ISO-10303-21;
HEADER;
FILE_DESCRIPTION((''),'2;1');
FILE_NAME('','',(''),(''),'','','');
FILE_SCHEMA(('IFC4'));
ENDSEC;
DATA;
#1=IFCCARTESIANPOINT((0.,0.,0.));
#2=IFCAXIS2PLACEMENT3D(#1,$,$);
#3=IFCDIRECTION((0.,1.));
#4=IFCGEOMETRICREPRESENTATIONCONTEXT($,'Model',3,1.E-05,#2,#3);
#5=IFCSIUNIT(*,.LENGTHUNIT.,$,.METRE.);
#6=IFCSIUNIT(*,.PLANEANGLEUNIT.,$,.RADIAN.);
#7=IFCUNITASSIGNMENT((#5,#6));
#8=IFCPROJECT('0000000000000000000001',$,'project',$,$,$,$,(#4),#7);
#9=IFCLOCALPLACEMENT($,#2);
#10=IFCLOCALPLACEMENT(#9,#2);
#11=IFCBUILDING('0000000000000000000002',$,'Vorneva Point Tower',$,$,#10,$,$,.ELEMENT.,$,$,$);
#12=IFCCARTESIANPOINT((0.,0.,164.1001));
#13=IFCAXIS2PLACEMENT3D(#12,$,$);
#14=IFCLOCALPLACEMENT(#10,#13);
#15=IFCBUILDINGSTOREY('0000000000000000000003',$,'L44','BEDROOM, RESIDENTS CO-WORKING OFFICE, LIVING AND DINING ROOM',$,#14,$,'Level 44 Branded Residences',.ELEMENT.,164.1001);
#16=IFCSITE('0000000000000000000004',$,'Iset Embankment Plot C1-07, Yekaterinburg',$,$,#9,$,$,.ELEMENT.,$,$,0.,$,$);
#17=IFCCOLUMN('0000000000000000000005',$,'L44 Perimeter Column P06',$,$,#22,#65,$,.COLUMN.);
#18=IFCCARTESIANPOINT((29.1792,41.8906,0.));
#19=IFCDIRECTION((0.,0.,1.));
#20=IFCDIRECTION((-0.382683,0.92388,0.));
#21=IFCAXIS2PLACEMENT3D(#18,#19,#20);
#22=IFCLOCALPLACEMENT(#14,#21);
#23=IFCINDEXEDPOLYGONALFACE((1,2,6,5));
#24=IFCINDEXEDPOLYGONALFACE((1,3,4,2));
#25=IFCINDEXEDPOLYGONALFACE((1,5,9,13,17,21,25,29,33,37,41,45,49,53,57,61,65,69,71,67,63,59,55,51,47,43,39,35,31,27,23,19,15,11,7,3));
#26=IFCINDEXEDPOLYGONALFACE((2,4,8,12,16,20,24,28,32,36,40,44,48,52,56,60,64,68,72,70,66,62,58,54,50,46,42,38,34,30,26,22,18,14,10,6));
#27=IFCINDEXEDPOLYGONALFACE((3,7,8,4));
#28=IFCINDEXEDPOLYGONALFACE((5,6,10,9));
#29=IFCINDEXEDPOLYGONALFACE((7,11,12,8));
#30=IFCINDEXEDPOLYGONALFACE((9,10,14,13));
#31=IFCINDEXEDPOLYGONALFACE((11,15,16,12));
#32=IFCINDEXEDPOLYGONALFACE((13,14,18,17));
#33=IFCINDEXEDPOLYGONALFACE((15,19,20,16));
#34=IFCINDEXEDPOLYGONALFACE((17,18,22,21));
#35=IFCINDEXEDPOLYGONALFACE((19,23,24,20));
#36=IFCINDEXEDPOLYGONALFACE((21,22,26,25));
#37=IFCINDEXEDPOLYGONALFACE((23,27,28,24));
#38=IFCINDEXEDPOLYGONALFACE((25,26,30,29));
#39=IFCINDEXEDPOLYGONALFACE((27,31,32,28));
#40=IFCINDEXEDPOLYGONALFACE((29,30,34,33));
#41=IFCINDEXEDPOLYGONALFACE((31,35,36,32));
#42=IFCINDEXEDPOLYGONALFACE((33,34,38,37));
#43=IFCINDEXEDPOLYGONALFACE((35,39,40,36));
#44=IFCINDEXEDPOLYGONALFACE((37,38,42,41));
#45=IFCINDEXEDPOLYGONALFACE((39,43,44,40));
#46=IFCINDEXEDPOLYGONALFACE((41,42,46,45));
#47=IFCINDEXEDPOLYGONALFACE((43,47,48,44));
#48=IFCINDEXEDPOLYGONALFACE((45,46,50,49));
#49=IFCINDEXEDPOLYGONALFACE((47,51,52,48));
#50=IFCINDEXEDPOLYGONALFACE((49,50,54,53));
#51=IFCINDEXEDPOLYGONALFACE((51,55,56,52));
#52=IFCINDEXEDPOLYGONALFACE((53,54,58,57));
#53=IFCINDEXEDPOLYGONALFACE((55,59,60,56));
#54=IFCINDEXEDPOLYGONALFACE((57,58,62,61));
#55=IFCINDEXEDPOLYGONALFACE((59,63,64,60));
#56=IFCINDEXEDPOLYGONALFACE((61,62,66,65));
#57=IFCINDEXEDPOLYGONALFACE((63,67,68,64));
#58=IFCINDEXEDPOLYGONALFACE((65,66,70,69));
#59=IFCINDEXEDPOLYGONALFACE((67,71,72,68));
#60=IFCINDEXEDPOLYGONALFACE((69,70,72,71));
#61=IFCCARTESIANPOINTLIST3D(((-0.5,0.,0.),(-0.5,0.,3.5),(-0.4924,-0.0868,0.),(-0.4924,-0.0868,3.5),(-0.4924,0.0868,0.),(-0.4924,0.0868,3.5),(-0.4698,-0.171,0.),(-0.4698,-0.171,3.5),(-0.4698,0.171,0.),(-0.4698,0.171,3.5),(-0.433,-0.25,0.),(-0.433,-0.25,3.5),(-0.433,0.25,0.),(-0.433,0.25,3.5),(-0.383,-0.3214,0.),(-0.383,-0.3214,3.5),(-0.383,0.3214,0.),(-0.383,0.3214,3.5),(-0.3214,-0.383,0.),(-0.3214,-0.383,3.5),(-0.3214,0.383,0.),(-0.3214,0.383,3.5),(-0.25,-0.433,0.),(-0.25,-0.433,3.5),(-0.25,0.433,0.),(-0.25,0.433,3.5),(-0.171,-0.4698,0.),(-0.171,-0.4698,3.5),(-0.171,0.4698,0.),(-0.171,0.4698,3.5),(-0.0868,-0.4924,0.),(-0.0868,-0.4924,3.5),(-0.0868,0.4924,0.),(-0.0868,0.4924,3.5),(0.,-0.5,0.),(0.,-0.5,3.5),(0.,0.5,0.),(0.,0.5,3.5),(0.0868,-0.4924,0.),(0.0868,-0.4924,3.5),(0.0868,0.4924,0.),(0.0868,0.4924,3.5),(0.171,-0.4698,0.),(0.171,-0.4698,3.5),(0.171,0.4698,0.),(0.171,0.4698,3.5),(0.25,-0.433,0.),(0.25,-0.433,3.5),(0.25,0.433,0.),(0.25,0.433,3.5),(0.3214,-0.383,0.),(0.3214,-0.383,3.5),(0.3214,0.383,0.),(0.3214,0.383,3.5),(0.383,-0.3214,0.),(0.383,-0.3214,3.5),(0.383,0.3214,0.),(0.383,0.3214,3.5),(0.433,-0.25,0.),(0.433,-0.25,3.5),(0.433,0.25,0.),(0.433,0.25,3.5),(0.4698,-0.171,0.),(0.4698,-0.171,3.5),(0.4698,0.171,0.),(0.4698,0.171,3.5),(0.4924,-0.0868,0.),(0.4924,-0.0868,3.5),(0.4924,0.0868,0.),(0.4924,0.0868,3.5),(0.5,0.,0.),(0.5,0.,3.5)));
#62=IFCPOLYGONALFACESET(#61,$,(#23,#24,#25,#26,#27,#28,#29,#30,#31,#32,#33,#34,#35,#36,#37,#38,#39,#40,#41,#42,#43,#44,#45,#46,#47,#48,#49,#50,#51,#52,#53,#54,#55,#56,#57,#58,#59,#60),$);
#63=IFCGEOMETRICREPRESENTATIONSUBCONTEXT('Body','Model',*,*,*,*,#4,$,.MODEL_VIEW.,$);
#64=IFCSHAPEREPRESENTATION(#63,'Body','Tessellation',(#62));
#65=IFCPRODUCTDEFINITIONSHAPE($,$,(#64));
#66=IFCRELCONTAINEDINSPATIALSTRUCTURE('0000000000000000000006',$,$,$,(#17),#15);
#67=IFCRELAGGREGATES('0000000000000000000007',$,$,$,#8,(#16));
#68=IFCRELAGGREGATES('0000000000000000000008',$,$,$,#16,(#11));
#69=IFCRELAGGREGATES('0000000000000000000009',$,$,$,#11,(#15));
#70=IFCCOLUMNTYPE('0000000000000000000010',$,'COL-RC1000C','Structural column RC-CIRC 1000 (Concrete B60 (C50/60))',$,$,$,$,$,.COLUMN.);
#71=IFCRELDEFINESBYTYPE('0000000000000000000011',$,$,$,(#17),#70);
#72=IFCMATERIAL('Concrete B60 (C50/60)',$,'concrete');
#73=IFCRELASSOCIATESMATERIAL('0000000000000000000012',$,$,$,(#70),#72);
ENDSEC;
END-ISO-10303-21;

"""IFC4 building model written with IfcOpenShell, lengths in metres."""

from ifc_helpers import new_model, si_unit, direction, frame, origin, origin_2d, place, context, subcontext, project, spatial, circle, extrude, material, material_profile, profile_set, type_object, element, save


model = new_model("IFC4")

# Units and contexts
model_context = context("Model", 3, precision=1e-05, world=origin(), true_north=direction((0.0, 1.0)))
body_context = subcontext(model_context, "Body", "Model", "MODEL_VIEW")
ifc_project = project(units=[si_unit("LENGTHUNIT", "METRE"), si_unit("PLANEANGLEUNIT", "RADIAN")], contexts=[model_context])

# Site, building, storey
site_placement = place(None, origin())
site = spatial("IfcSite", under=ifc_project, at=site_placement, Name="Iset Embankment Plot C1-07, Yekaterinburg", CompositionType="ELEMENT", RefElevation=0.0)
building_placement = place(site_placement, origin())
building = spatial("IfcBuilding", under=site, at=building_placement, Name="Vorneva Point Tower", CompositionType="ELEMENT")
storey_placement = place(building_placement, frame((0.0, 0.0, 164.1001)))
storey = spatial("IfcBuildingStorey", under=building, at=storey_placement, Name="L44", Description="BEDROOM, RESIDENTS CO-WORKING OFFICE, LIVING AND DINING ROOM", LongName="Level 44 Branded Residences", CompositionType="ELEMENT", Elevation=164.1001)

# Column
ifc_material_1 = material(Name="Concrete B60 (C50/60)", Category="concrete")
ifc_material_profile_1 = material_profile(ifc_material_1, circle(Radius=0.5, at=origin_2d()), Name="RC-CIRC 1000")
ifc_profile_set_1 = profile_set([ifc_material_profile_1], Name="Concrete B60 (C50/60)")
column_type = type_object("IfcColumnType", Name="COL-RC1000C", Description="Structural column RC-CIRC 1000 (Concrete B60 (C50/60))", PredefinedType="COLUMN", material=ifc_profile_set_1)
column_placement = place(storey_placement, frame((29.1792, 41.8906, 0.0), z_axis=(0.0, 0.0, 1.0), x_axis=(-0.382683, 0.92388, 0.0)))
element("IfcColumn", 1, at=column_placement, inside=storey, type_object=column_type, Name="L44 Perimeter Column P06", PredefinedType="COLUMN", context=body_context, shape_type="SweptSolid", body=[
    extrude(circle(Radius=0.5, at=origin_2d()), origin(), (0.0, 0.0, 1.0), 3.5),
])

save(model, "model.ifc")
